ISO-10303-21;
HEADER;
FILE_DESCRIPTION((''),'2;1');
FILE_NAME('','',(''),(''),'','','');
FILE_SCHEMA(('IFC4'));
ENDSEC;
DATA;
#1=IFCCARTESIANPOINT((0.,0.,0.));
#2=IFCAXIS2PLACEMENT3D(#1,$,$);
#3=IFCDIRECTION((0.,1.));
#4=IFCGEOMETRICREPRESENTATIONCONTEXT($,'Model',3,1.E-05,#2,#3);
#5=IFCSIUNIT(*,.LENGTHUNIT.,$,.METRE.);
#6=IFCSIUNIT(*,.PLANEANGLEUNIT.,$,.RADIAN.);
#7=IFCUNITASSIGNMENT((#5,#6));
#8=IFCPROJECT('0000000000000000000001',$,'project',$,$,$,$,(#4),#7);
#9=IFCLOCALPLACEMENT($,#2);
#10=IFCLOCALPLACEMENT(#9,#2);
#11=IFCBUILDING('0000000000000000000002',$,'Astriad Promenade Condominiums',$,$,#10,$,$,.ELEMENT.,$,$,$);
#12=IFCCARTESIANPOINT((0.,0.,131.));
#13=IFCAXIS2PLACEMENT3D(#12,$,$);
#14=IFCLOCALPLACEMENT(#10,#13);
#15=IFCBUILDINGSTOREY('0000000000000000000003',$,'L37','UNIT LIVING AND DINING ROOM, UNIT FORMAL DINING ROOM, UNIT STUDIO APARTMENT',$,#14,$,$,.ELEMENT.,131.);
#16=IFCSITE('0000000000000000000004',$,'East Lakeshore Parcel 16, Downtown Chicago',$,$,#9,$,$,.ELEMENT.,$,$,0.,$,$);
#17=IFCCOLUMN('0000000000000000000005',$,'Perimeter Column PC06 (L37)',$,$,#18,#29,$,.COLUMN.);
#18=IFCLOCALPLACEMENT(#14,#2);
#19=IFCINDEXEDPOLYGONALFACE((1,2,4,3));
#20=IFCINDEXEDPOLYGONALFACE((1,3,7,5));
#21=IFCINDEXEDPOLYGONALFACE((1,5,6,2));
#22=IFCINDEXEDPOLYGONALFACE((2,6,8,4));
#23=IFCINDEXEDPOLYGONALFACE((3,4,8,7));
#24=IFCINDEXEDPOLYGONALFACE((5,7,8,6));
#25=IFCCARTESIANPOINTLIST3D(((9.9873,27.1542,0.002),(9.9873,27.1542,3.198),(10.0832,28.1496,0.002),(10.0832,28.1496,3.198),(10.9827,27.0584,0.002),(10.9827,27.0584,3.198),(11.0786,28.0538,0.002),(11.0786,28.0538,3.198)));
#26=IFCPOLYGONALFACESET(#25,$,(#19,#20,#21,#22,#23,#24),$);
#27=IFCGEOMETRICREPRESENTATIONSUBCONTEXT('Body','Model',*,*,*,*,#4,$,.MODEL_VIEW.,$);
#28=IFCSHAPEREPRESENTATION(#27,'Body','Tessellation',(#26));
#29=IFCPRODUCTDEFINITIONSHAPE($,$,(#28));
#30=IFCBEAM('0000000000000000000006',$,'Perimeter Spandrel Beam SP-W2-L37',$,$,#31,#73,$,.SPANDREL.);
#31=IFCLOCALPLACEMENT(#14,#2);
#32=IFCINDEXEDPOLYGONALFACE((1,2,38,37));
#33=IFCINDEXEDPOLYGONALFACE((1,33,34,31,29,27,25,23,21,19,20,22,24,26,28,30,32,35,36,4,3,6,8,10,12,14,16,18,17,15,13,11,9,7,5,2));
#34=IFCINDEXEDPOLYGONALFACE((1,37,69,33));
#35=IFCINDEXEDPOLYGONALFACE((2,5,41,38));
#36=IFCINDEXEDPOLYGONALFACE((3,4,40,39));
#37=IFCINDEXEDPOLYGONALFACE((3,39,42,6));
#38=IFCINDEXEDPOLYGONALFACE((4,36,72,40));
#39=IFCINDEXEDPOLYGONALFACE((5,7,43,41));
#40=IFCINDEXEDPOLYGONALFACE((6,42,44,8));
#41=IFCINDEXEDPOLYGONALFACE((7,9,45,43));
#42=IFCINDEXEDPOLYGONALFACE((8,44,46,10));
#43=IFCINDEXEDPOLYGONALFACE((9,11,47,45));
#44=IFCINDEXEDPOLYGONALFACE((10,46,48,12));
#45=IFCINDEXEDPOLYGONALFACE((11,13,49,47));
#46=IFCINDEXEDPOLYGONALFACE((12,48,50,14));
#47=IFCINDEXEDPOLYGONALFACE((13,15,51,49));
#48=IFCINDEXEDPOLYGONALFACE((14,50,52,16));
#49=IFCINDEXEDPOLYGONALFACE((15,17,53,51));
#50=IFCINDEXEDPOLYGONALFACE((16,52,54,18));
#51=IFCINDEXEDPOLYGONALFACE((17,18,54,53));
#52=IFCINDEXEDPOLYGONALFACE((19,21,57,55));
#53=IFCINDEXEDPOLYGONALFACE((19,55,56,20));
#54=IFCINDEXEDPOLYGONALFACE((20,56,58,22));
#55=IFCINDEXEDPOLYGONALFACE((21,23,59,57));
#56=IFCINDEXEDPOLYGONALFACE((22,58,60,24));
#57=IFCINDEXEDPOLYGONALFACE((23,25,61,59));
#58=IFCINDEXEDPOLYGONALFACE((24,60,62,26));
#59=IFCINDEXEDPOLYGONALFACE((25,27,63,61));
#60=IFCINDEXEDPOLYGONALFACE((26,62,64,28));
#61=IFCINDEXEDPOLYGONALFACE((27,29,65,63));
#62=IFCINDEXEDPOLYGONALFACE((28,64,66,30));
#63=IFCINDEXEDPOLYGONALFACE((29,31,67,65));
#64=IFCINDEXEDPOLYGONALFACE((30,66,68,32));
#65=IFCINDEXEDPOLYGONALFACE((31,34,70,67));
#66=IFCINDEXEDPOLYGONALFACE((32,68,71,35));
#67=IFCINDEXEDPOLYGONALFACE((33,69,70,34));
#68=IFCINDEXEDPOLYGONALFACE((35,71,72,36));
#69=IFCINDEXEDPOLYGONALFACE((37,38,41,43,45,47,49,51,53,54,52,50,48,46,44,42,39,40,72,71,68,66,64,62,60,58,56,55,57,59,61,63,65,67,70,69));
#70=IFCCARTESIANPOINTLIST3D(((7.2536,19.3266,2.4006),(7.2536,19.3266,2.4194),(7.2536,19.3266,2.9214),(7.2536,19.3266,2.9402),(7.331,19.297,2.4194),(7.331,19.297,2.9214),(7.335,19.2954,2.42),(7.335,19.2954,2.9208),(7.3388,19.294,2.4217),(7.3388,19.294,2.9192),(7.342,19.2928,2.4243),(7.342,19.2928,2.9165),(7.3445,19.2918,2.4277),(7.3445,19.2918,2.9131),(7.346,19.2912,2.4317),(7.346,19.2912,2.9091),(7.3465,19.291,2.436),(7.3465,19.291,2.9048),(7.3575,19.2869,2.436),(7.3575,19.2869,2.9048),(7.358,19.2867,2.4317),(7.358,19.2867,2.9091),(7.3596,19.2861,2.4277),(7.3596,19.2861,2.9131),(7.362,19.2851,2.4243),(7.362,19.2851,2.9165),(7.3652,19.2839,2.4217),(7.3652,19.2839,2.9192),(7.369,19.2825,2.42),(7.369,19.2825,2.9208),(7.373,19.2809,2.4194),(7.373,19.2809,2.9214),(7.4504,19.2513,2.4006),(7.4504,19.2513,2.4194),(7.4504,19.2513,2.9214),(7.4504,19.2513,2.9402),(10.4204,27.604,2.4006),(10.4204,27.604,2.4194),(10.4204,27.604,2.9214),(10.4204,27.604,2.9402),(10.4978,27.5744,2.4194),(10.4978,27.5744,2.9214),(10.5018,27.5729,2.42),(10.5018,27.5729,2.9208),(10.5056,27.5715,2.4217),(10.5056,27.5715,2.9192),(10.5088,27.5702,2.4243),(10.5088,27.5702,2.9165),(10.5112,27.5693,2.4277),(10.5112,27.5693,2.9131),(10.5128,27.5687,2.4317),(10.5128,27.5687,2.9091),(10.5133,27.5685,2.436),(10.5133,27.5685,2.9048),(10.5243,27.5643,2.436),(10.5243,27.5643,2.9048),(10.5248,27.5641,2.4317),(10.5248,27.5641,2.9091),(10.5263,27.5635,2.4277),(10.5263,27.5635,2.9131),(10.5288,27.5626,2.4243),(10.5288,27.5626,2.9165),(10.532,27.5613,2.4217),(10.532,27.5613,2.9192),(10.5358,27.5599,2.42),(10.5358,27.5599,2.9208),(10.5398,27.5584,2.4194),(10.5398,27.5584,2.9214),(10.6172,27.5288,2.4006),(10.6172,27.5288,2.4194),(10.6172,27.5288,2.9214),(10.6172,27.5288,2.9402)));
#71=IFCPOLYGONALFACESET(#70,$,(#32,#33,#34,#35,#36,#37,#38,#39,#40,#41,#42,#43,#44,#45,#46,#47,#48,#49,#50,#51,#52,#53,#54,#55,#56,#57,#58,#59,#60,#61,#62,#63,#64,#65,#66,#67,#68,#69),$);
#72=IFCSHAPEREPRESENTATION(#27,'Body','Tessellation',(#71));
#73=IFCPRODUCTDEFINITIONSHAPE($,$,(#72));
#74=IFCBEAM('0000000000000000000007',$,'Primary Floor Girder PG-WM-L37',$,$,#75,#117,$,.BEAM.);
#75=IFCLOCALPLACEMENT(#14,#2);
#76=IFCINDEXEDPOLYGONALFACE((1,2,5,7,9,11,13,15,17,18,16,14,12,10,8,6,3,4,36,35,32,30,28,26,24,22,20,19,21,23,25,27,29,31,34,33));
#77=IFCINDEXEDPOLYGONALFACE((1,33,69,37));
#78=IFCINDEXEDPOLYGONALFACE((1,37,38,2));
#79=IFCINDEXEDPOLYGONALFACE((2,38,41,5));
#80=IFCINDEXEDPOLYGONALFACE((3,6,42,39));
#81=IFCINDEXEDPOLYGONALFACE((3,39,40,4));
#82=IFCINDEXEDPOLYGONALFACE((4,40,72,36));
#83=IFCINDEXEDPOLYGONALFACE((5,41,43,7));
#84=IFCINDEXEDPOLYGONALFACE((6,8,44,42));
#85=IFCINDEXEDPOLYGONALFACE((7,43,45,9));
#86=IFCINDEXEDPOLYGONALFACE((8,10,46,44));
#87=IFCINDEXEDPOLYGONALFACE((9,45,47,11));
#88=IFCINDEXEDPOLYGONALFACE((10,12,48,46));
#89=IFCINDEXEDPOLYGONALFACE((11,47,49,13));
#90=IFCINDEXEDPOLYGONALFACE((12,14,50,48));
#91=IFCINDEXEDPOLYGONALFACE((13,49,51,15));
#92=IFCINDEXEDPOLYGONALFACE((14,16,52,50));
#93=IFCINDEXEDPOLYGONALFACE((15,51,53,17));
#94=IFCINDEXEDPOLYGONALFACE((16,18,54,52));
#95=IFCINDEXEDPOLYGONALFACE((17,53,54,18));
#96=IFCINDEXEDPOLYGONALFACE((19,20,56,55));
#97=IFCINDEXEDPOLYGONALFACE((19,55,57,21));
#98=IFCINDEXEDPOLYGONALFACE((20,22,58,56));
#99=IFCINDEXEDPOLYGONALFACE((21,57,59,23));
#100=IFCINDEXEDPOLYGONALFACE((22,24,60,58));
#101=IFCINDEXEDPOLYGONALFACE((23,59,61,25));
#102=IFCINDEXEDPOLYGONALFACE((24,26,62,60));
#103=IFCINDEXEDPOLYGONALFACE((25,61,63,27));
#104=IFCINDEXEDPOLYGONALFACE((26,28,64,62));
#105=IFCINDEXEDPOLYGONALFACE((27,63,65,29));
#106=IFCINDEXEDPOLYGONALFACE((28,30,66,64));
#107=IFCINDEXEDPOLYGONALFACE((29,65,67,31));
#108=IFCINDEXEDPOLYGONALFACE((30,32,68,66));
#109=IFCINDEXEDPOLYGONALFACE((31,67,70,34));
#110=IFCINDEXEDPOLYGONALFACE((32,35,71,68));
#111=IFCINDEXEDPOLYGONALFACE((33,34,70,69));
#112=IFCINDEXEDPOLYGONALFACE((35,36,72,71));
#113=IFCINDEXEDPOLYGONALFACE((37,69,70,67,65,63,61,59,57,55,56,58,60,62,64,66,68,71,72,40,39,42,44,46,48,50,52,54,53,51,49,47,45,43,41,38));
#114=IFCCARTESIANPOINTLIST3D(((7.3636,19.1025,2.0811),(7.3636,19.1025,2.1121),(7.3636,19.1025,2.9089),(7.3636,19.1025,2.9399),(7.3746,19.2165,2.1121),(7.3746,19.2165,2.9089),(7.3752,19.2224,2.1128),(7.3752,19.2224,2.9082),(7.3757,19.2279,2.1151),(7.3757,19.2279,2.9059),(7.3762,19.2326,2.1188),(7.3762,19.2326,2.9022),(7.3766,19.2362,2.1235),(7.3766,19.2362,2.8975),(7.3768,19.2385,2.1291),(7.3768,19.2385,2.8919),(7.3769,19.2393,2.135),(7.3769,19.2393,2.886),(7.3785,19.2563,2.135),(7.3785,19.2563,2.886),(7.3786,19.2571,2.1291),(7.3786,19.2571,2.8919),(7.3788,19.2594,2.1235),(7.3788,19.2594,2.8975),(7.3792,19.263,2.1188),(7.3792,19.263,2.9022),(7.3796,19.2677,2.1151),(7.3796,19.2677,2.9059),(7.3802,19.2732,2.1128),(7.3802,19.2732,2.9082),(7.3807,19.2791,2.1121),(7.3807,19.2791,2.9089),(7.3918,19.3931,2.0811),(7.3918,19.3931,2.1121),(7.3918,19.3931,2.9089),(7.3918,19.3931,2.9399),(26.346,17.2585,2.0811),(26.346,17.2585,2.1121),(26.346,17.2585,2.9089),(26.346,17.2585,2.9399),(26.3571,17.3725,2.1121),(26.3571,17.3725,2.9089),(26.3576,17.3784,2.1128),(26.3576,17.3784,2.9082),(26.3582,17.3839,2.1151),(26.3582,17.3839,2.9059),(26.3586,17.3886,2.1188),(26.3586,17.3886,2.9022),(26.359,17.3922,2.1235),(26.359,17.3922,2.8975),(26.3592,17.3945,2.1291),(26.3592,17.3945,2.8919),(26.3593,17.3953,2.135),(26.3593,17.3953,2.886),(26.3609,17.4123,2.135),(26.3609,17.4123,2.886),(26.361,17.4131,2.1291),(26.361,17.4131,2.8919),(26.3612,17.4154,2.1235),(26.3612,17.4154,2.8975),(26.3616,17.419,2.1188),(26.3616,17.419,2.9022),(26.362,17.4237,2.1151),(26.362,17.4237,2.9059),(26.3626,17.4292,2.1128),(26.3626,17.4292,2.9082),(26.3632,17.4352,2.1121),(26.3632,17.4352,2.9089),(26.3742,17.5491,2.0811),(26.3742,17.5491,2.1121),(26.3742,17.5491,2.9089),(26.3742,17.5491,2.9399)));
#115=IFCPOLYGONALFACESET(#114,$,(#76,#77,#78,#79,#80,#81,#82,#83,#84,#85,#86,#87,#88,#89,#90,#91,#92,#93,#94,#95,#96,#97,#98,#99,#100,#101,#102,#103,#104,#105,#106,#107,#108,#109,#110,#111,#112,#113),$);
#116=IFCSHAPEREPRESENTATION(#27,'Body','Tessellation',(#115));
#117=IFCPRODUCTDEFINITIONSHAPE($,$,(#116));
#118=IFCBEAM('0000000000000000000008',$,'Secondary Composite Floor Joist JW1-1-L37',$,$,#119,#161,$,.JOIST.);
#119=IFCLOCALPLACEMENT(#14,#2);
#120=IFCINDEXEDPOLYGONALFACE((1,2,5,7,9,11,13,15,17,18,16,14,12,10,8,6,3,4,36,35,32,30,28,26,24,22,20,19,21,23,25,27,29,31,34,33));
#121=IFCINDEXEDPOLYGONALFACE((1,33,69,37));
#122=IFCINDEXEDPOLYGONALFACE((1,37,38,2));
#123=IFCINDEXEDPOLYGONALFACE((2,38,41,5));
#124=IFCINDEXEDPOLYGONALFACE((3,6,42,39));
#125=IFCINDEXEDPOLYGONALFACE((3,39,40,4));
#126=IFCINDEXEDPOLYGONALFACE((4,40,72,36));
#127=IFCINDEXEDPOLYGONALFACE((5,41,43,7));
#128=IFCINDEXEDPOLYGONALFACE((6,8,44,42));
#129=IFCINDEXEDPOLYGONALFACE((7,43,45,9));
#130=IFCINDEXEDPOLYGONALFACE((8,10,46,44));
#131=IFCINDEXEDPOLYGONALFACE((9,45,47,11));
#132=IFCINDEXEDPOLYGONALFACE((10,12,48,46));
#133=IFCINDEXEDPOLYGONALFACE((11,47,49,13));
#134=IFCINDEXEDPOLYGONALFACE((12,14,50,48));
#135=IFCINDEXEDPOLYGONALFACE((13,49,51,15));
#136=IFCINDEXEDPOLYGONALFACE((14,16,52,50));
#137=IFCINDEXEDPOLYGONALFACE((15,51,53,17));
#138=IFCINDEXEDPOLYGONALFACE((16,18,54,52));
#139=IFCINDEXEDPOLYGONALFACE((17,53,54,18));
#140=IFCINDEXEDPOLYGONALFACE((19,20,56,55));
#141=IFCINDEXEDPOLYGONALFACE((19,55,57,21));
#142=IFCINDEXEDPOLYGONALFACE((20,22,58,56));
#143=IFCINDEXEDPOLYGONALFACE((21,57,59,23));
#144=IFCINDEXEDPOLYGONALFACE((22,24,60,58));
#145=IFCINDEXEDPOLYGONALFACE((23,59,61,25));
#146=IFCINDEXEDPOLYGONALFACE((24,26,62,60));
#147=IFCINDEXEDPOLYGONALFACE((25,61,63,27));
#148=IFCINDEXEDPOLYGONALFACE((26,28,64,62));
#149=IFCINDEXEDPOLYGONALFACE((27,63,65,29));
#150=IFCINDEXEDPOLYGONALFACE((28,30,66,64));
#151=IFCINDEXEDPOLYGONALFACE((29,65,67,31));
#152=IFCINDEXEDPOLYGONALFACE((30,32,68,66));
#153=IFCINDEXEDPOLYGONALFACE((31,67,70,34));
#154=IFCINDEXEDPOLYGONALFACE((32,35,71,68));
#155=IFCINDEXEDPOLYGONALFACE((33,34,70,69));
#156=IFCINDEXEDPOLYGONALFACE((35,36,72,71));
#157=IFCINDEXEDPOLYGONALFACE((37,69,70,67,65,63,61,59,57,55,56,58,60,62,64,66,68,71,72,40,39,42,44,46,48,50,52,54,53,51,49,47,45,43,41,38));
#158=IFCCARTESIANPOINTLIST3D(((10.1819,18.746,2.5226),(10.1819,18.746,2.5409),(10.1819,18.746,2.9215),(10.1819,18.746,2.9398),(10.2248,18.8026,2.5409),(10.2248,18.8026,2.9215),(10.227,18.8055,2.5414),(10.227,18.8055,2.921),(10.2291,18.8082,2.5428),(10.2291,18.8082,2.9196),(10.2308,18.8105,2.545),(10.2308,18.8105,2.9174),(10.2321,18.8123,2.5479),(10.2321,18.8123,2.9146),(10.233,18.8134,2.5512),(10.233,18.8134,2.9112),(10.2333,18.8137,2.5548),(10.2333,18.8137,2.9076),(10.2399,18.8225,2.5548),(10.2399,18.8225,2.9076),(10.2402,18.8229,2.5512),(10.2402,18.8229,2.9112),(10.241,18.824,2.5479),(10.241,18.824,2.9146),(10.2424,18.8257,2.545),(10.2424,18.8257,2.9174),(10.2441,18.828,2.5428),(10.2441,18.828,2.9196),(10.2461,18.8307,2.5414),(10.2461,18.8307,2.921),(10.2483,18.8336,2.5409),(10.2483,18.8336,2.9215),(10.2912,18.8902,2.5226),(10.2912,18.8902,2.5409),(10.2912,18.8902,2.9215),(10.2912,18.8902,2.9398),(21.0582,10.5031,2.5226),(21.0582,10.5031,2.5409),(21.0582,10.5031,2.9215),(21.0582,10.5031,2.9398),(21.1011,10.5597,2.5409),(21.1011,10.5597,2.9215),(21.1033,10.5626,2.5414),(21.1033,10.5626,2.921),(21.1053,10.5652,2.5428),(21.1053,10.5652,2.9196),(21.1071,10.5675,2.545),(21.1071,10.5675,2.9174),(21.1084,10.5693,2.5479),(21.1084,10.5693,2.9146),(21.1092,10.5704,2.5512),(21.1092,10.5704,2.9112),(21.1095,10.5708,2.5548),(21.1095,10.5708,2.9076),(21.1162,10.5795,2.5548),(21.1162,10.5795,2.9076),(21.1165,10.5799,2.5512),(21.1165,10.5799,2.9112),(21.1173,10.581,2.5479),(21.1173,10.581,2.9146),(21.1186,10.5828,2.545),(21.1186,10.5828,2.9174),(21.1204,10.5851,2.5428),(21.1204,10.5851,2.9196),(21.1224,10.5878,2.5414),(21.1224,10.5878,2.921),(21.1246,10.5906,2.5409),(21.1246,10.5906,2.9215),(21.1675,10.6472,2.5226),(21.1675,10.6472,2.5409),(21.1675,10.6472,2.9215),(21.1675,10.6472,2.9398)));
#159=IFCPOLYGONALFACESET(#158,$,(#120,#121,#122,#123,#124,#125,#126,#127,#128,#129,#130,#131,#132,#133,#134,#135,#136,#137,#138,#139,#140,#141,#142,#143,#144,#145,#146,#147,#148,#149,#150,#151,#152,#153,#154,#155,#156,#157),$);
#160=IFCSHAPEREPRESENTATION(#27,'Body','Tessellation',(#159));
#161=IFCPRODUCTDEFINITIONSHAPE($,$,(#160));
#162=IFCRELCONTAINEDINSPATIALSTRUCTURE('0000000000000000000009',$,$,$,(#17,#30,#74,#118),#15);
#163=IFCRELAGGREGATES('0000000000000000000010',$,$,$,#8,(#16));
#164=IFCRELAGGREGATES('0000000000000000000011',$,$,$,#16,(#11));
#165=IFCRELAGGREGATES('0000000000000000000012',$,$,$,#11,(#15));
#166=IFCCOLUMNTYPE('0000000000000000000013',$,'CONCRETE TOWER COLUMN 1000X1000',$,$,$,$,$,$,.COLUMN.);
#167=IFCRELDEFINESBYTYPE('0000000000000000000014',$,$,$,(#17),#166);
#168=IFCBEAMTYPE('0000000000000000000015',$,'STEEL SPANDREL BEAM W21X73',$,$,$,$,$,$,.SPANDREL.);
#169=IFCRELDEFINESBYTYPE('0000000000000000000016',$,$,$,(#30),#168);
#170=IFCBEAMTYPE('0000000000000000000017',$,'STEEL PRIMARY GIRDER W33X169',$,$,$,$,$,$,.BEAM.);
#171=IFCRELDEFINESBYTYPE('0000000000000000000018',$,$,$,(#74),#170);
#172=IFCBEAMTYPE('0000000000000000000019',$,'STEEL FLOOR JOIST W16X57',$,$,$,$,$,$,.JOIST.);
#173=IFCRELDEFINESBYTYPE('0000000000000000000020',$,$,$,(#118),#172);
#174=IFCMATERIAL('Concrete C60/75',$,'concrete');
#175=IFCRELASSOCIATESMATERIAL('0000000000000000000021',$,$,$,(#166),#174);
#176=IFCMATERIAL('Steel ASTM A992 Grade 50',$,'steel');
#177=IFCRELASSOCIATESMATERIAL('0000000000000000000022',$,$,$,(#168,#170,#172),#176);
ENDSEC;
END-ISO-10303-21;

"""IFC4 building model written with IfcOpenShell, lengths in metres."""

from ifc_helpers import new_model, si_unit, direction, frame, origin, origin_2d, place, context, subcontext, project, spatial, rectangle, i_section, extrude, source, transform, mapped, material, material_profile, profile_set, type_object, type_shapes, element, save


model = new_model("IFC4")

# Units and contexts
model_context = context("Model", 3, precision=1e-05, world=origin(), true_north=direction((0.0, 1.0)))
body_context = subcontext(model_context, "Body", "Model", "MODEL_VIEW")
ifc_project = project(units=[si_unit("LENGTHUNIT", "METRE"), si_unit("PLANEANGLEUNIT", "RADIAN")], contexts=[model_context])

# Site, building, storey
site_placement = place(None, origin())
site = spatial("IfcSite", under=ifc_project, at=site_placement, Name="East Lakeshore Parcel 16, Downtown Chicago", CompositionType="ELEMENT", RefElevation=0.0)
building_placement = place(site_placement, origin())
building = spatial("IfcBuilding", under=site, at=building_placement, Name="Astriad Promenade Condominiums", CompositionType="ELEMENT")
storey_placement = place(building_placement, frame((0.0, 0.0, 131.0)))
storey = spatial("IfcBuildingStorey", under=building, at=storey_placement, Name="L37", Description="UNIT LIVING AND DINING ROOM, UNIT FORMAL DINING ROOM, UNIT STUDIO APARTMENT", CompositionType="ELEMENT", Elevation=131.0)

# Column
ifc_material_1 = material(Name="Concrete C60/75", Category="concrete")
ifc_material_profile_1 = material_profile(ifc_material_1, rectangle(XDim=1.0, YDim=1.0, at=origin_2d()), Name="RC-COL-1000X1000")
ifc_profile_set_1 = profile_set([ifc_material_profile_1], Name="Concrete C60/75")
column_type = type_object("IfcColumnType", Name="CONCRETE TOWER COLUMN 1000X1000", PredefinedType="COLUMN", material=ifc_profile_set_1)
shared_shape_1 = source(origin(), body_context, "Body", "SweptSolid", [
    extrude(rectangle(XDim=1.0, YDim=1.0, at=origin_2d()), origin(), (0.0, 0.0, 1.0), 3.196),
])
type_shapes(column_type, [shared_shape_1])
column_placement = place(storey_placement, frame((10.533, 27.604, 0.002), z_axis=(0.0, 0.0, 1.0), x_axis=(0.995396, -0.095846, 0.0)))
element("IfcColumn", 1, at=column_placement, inside=storey, type_object=column_type, Name="Perimeter Column PC06 (L37)", PredefinedType="COLUMN", context=body_context, shape_type="MappedRepresentation", body=[
    mapped(shared_shape_1, transform((0.0, 0.0, 0.0), scale=1.0)),
])

# Beams
ifc_material_2 = material(Name="Steel ASTM A992 Grade 50", Category="steel")
ifc_material_profile_2 = material_profile(ifc_material_2, i_section(OverallWidth=0.2107, OverallDepth=0.5396, WebThickness=0.0117, FlangeThickness=0.0188, FilletRadius=0.0166, at=origin_2d()), Name="W21X73")
ifc_profile_set_2 = profile_set([ifc_material_profile_2], Name="Steel ASTM A992 Grade 50")
beam_type_1 = type_object("IfcBeamType", Name="STEEL SPANDREL BEAM W21X73", PredefinedType="SPANDREL", material=ifc_profile_set_2)
shared_shape_2 = source(origin(), body_context, "Body", "SweptSolid", [
    extrude(i_section(OverallWidth=0.2107, OverallDepth=0.5396, WebThickness=0.0117, FlangeThickness=0.0188, FilletRadius=0.0166, at=origin_2d()), origin(), (0.0, 0.0, 1.0), 8.8625),
])
type_shapes(beam_type_1, [shared_shape_2])
beam_1_placement = place(storey_placement, frame((10.5188, 27.5664, 2.6704), z_axis=(-0.357323, -0.933981, 0.0), x_axis=(0.933981, -0.357323, 0.0)))
element("IfcBeam", 2, at=beam_1_placement, inside=storey, type_object=beam_type_1, Name="Perimeter Spandrel Beam SP-W2-L37", PredefinedType="SPANDREL", context=body_context, shape_type="MappedRepresentation", body=[
    mapped(shared_shape_2, transform((0.0, 0.0, 0.0), scale=1.0)),
])
ifc_material_profile_3 = material_profile(ifc_material_2, i_section(OverallWidth=0.292, OverallDepth=0.8589, WebThickness=0.0171, FlangeThickness=0.031, FilletRadius=0.0229, at=origin_2d()), Name="W33X169")
ifc_profile_set_3 = profile_set([ifc_material_profile_3], Name="Steel ASTM A992 Grade 50")
beam_type_2 = type_object("IfcBeamType", Name="STEEL PRIMARY GIRDER W33X169", PredefinedType="BEAM", material=ifc_profile_set_3)
shared_shape_3 = source(origin(), body_context, "Body", "SweptSolid", [
    extrude(i_section(OverallWidth=0.292, OverallDepth=0.8589, WebThickness=0.0171, FlangeThickness=0.031, FilletRadius=0.0229, at=origin_2d()), origin(), (0.0, 0.0, 1.0), 19.0718),
])
type_shapes(beam_type_2, [shared_shape_3])
beam_2_placement = place(storey_placement, frame((7.3777, 19.2478, 2.5105), z_axis=(0.995315, -0.096687, 0.0), x_axis=(0.096687, 0.995315, 0.0)))
element("IfcBeam", 3, at=beam_2_placement, inside=storey, type_object=beam_type_2, Name="Primary Floor Girder PG-WM-L37", PredefinedType="BEAM", context=body_context, shape_type="MappedRepresentation", body=[
    mapped(shared_shape_3, transform((0.0, 0.0, 0.0), scale=1.0)),
])
ifc_material_profile_4 = material_profile(ifc_material_2, i_section(OverallWidth=0.1809, OverallDepth=0.4172, WebThickness=0.011, FlangeThickness=0.0183, FilletRadius=0.0139, at=origin_2d()), Name="W16X57")
ifc_profile_set_4 = profile_set([ifc_material_profile_4], Name="Steel ASTM A992 Grade 50")
beam_type_3 = type_object("IfcBeamType", Name="STEEL FLOOR JOIST W16X57", PredefinedType="JOIST", material=ifc_profile_set_4)
shared_shape_4 = source(origin(), body_context, "Body", "SweptSolid", [
    extrude(i_section(OverallWidth=0.1809, OverallDepth=0.4172, WebThickness=0.011, FlangeThickness=0.0183, FilletRadius=0.0139, at=origin_2d()), origin(), (0.0, 0.0, 1.0), 13.647),
])
beam_3_placement = place(storey_placement, frame((10.2366, 18.8181, 2.7312), z_axis=(0.796974, -0.604014, 0.0), x_axis=(0.604014, 0.796974, 0.0)))
element("IfcBeam", 4, at=beam_3_placement, inside=storey, type_object=beam_type_3, Name="Secondary Composite Floor Joist JW1-1-L37", PredefinedType="JOIST", context=body_context, shape_type="MappedRepresentation", body=[
    mapped(shared_shape_4, transform((0.0, 0.0, 0.0), scale=1.0)),
])

save(model, "model.ifc")
